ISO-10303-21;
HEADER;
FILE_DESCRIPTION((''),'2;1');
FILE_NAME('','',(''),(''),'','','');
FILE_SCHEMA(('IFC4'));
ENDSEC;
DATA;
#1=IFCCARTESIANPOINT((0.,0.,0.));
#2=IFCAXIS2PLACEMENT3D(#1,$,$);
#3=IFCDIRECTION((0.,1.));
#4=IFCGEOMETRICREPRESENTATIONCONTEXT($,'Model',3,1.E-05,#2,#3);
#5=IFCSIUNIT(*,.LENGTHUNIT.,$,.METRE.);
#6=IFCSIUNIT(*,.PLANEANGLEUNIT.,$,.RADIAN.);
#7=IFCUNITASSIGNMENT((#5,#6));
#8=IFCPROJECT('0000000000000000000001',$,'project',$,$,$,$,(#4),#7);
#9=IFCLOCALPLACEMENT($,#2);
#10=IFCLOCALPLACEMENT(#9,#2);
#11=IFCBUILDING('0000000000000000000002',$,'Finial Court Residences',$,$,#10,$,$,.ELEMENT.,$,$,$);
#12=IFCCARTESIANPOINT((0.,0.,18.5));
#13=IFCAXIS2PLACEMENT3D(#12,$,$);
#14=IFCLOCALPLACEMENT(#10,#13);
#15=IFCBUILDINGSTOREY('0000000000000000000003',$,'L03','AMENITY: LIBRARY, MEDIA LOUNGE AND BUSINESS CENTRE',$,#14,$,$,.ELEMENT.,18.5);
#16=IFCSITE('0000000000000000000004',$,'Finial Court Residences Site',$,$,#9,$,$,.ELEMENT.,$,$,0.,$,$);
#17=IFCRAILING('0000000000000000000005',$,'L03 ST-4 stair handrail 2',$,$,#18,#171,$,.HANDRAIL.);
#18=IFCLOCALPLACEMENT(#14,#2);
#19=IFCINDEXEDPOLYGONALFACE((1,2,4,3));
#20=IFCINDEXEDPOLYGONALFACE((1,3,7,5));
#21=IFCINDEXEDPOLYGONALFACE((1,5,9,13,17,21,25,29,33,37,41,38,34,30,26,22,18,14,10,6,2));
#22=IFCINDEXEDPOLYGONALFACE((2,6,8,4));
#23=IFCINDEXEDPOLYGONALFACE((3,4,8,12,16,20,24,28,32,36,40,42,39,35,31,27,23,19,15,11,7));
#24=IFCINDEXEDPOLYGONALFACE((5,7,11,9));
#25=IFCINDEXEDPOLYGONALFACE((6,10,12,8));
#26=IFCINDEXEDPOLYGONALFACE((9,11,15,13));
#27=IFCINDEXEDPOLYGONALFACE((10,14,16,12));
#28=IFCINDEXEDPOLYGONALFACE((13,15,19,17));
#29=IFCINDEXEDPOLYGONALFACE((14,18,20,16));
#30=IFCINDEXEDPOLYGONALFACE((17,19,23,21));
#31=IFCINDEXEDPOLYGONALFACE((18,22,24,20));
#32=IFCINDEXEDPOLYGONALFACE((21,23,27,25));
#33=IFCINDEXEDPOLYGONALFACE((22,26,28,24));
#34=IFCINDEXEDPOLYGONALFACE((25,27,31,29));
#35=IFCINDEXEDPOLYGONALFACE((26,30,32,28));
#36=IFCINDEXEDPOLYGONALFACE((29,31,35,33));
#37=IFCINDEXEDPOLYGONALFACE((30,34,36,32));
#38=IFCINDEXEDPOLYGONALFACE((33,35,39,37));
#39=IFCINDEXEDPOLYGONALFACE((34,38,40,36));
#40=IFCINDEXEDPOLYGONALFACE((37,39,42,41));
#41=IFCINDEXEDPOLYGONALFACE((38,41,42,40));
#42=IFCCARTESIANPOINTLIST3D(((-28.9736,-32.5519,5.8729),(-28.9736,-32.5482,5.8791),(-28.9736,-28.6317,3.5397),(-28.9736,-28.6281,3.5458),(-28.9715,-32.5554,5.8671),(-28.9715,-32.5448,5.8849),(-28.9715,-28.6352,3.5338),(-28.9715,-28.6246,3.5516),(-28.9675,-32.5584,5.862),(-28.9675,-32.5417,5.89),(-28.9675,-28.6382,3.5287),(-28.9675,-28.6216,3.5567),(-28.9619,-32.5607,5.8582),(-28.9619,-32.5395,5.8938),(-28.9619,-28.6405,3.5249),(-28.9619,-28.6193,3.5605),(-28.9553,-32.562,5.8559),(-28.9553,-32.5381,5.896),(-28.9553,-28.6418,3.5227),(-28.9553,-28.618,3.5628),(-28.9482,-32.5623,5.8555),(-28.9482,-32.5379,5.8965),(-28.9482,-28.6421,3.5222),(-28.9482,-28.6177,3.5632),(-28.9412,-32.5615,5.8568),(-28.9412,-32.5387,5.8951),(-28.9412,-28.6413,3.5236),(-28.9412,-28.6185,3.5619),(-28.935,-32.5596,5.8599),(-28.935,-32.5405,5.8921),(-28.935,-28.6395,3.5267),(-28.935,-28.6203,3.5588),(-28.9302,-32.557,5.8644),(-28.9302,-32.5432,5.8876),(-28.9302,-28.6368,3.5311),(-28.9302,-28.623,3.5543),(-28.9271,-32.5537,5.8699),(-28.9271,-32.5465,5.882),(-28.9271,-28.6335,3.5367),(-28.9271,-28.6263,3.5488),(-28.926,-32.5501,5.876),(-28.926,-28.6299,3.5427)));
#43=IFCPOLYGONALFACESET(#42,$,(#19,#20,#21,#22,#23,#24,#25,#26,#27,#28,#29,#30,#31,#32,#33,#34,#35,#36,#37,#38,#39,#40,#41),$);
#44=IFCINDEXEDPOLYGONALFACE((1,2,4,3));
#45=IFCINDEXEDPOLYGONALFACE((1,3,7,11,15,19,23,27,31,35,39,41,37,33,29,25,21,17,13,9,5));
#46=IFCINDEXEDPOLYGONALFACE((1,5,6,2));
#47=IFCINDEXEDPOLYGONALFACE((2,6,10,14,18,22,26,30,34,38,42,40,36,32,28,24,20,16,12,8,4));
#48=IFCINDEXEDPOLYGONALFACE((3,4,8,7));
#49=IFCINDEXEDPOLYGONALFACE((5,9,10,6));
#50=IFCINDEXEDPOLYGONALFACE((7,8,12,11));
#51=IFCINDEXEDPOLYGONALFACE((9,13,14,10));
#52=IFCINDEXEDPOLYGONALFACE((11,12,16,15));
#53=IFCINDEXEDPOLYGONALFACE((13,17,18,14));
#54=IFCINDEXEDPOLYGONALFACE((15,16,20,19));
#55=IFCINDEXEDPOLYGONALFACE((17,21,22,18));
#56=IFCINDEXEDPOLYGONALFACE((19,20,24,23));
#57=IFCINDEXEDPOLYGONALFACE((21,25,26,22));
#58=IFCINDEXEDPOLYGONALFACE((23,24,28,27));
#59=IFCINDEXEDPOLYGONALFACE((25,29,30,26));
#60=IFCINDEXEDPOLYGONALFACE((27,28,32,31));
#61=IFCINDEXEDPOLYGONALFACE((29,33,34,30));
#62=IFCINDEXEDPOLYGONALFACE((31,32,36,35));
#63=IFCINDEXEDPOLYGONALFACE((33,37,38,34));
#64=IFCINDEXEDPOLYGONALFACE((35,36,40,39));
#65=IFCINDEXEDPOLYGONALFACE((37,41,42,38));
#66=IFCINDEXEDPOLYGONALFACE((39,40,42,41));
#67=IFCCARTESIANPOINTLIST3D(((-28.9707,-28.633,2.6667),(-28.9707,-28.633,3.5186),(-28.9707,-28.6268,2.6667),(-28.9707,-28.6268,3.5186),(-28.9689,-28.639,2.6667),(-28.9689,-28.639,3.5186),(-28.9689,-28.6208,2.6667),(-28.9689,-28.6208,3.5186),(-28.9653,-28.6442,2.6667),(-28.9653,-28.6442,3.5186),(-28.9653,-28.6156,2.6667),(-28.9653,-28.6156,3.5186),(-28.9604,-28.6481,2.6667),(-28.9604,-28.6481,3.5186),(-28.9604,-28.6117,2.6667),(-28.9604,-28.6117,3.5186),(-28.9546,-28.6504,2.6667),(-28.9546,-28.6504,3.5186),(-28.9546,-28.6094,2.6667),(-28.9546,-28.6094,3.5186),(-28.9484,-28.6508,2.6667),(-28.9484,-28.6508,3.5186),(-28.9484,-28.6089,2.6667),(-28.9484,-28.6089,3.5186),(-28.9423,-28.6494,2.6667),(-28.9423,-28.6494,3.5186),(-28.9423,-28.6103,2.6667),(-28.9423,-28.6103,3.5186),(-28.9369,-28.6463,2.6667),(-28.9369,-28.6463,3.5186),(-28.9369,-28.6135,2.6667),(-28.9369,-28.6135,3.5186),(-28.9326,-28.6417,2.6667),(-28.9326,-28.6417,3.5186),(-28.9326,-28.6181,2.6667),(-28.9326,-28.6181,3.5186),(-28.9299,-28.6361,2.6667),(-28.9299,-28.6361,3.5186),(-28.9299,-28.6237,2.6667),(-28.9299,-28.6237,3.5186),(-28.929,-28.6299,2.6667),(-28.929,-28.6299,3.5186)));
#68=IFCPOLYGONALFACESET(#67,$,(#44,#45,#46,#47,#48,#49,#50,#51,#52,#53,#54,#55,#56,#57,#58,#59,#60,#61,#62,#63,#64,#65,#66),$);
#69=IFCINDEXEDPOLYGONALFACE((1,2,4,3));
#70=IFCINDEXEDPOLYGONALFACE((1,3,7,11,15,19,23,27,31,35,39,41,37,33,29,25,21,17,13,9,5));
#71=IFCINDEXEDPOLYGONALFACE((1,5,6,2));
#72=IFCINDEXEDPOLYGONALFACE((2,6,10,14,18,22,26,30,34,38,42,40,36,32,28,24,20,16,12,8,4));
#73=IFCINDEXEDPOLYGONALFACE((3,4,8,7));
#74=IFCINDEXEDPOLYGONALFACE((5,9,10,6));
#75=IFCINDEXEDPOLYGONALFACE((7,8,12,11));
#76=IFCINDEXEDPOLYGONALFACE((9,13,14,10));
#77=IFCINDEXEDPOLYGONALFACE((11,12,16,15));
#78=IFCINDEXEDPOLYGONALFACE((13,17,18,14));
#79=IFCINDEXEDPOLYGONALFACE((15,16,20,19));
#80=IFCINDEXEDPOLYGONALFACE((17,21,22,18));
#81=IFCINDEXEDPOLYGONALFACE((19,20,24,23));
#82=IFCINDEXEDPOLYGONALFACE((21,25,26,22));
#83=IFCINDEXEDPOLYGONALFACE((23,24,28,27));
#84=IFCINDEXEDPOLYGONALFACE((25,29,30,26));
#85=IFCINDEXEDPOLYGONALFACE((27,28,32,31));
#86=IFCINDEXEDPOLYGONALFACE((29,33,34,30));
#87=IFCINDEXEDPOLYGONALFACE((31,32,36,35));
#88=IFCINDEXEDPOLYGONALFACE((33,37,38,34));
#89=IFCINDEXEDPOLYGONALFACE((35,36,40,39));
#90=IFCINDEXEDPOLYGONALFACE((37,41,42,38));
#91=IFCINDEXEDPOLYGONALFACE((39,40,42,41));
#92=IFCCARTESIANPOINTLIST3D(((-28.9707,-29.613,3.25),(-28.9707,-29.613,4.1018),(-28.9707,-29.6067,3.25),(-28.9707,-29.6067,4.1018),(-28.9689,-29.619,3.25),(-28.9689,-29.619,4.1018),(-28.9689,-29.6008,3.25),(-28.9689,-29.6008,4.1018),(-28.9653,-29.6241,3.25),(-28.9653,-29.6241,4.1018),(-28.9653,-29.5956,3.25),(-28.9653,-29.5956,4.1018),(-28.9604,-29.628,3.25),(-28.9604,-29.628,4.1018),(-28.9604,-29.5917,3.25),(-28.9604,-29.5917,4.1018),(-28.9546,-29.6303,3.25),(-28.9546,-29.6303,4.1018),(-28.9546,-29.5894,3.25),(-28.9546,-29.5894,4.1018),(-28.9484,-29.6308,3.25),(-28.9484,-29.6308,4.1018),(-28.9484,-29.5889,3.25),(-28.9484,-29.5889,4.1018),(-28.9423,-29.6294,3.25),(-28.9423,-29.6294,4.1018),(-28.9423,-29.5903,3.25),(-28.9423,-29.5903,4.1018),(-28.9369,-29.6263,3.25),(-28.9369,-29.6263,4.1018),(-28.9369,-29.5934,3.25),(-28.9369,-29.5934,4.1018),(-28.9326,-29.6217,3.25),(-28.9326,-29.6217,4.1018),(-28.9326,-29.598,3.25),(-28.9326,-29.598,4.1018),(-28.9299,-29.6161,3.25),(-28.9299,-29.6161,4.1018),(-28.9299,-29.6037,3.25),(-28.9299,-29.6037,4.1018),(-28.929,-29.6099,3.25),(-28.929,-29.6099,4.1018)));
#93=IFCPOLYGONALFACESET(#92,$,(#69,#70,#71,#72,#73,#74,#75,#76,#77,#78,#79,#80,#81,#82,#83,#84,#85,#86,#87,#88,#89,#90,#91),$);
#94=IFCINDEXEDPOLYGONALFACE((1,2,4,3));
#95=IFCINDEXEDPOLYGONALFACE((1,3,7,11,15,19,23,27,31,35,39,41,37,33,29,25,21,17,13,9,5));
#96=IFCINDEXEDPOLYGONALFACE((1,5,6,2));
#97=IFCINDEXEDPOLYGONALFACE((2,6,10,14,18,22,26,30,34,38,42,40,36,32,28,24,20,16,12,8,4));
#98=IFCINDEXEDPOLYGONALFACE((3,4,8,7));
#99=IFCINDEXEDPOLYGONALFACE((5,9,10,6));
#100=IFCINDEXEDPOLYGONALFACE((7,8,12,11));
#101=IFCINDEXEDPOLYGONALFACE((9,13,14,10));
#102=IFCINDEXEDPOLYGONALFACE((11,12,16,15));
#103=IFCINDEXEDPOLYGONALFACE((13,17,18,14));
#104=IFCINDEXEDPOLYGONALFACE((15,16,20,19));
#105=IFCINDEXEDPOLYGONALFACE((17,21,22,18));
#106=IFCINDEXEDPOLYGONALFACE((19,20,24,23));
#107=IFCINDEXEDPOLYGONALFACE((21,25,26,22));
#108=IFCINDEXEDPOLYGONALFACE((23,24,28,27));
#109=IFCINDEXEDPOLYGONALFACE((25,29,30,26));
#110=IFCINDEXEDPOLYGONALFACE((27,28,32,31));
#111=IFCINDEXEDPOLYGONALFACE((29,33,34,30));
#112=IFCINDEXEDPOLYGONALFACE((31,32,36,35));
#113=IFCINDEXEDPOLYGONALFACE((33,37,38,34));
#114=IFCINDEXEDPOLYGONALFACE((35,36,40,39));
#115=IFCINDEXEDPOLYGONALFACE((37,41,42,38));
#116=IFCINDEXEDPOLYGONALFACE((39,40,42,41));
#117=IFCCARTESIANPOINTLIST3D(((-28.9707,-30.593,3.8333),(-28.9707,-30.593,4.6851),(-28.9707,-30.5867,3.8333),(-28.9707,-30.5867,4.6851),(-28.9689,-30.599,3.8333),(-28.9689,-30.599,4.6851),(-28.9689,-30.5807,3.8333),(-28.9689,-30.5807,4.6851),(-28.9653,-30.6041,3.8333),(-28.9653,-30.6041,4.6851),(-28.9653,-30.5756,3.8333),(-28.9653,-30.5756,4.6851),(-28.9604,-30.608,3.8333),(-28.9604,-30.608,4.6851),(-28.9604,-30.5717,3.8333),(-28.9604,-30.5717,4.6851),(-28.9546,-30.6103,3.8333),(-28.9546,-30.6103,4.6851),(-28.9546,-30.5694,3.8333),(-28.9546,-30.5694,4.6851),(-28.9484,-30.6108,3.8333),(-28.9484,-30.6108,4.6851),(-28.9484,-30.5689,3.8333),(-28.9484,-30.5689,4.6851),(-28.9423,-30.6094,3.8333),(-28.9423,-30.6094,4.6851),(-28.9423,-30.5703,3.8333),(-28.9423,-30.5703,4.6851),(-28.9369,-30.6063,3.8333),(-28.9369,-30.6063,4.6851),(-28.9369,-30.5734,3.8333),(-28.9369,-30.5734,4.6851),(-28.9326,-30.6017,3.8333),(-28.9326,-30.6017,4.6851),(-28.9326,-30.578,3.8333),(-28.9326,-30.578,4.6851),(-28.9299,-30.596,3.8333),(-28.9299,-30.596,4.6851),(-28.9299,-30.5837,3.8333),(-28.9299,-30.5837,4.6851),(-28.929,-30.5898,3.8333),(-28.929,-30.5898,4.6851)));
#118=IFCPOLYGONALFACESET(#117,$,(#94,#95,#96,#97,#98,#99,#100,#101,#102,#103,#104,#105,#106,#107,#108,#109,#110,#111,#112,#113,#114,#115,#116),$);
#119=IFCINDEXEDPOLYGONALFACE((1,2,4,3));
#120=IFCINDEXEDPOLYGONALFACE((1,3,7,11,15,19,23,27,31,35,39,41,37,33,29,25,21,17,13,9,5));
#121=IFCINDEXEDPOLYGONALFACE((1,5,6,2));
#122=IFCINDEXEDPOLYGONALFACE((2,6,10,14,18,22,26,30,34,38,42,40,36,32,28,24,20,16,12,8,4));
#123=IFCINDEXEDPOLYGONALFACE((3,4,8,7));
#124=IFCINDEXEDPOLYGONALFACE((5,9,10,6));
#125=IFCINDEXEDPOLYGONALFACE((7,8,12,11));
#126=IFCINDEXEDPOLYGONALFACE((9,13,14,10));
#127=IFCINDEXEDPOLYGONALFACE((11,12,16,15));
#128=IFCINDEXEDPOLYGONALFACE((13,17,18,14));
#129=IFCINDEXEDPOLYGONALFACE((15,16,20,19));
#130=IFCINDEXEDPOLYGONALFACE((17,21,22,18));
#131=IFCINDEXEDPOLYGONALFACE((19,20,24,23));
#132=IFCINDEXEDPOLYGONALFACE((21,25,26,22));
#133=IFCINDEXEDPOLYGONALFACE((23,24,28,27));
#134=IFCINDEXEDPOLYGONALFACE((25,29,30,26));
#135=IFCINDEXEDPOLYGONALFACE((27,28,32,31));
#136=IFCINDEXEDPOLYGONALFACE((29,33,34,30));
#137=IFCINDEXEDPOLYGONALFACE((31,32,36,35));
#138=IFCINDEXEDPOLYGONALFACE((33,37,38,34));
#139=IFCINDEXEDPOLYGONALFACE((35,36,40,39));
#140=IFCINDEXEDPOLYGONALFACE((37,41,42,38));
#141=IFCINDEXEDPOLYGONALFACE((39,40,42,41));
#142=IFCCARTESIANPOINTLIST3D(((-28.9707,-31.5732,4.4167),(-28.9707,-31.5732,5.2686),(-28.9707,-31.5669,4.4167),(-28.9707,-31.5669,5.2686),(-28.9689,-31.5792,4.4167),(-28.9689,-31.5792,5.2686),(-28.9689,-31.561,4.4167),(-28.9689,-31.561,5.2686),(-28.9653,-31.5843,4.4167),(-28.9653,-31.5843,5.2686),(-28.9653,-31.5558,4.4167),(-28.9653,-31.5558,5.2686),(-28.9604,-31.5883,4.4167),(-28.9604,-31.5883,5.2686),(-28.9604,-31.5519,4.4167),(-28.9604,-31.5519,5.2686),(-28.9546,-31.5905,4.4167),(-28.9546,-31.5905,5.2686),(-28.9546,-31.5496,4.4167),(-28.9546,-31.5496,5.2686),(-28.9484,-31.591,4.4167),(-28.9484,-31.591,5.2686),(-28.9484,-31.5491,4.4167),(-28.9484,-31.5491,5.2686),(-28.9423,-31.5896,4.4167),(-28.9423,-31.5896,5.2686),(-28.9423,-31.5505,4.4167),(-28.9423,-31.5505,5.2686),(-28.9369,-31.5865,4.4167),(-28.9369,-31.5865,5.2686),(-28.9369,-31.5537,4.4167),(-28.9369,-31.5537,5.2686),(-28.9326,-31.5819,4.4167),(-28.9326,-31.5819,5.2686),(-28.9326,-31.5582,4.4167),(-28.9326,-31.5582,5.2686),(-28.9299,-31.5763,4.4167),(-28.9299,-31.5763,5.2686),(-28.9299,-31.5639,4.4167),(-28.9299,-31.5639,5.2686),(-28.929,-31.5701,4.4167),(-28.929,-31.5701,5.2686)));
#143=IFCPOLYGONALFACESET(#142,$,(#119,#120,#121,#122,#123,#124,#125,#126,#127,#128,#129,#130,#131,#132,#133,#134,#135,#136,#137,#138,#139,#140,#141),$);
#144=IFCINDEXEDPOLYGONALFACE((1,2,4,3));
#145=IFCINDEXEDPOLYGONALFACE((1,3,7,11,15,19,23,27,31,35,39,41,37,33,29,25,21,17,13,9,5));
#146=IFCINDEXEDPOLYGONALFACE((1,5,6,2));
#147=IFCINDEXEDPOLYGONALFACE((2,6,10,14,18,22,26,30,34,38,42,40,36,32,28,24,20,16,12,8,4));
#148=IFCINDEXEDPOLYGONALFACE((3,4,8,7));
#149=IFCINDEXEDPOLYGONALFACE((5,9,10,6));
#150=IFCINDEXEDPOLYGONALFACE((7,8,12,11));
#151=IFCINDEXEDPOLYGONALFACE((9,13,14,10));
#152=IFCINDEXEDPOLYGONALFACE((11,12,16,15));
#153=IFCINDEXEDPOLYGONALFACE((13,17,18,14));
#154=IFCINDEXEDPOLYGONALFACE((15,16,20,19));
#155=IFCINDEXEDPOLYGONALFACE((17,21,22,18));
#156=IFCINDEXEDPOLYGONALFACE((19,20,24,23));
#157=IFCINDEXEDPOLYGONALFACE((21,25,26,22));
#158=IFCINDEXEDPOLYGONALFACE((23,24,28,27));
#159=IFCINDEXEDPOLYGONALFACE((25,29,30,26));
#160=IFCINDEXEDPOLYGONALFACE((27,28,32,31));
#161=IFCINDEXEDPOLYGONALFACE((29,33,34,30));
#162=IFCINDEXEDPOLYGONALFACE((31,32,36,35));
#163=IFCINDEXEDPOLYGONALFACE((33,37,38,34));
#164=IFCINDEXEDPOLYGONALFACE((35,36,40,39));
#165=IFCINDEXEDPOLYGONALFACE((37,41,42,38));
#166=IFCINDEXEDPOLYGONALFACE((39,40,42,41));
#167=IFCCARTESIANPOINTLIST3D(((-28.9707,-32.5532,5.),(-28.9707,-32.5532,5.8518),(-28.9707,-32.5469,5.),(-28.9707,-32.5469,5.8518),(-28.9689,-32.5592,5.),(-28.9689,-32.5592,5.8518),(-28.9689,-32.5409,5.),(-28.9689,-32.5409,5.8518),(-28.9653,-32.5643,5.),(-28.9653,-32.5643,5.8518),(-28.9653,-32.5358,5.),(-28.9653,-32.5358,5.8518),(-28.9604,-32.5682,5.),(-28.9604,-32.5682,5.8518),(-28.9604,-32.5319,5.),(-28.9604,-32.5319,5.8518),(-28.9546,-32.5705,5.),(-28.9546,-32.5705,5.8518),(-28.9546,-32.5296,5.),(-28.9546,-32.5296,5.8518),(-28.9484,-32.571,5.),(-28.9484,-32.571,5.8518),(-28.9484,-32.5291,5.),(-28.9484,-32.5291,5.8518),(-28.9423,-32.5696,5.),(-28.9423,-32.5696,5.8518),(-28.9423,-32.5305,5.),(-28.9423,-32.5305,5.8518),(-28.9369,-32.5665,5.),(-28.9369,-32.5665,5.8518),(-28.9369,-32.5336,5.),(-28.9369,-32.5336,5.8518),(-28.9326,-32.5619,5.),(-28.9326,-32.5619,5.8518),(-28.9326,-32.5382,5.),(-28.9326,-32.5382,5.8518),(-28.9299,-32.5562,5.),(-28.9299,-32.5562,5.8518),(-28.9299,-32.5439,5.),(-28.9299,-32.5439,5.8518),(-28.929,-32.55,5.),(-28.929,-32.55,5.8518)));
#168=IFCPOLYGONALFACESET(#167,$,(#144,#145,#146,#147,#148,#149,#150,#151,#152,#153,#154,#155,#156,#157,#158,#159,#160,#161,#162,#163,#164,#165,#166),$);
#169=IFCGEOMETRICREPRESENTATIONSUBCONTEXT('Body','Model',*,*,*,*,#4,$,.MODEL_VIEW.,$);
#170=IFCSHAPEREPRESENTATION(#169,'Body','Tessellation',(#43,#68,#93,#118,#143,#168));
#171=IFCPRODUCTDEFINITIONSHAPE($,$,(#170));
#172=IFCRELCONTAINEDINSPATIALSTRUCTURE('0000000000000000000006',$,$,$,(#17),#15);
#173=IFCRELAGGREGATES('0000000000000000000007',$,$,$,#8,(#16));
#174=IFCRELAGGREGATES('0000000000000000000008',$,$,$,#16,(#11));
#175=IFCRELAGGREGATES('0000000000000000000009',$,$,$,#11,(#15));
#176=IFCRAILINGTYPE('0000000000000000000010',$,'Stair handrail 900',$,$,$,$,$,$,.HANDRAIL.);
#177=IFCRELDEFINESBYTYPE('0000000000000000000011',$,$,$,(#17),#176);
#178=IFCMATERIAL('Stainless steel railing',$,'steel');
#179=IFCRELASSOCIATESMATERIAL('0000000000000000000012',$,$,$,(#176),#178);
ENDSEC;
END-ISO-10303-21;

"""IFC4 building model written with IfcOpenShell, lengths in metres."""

from ifc_helpers import new_model, si_unit, direction, frame, origin, origin_2d, place, context, subcontext, project, spatial, circle, extrude, material, type_object, element, save


model = new_model("IFC4")

# Units and contexts
model_context = context("Model", 3, precision=1e-05, world=origin(), true_north=direction((0.0, 1.0)))
body_context = subcontext(model_context, "Body", "Model", "MODEL_VIEW")
ifc_project = project(units=[si_unit("LENGTHUNIT", "METRE"), si_unit("PLANEANGLEUNIT", "RADIAN")], contexts=[model_context])

# Site, building, storey
site_placement = place(None, origin())
site = spatial("IfcSite", under=ifc_project, at=site_placement, Name="Finial Court Residences Site", CompositionType="ELEMENT", RefElevation=0.0)
building_placement = place(site_placement, origin())
building = spatial("IfcBuilding", under=site, at=building_placement, Name="Finial Court Residences", CompositionType="ELEMENT")
storey_placement = place(building_placement, frame((0.0, 0.0, 18.5)))
storey = spatial("IfcBuildingStorey", under=building, at=storey_placement, Name="L03", Description="AMENITY: LIBRARY, MEDIA LOUNGE AND BUSINESS CENTRE", CompositionType="ELEMENT", Elevation=18.5)

# Railing
ifc_material_1 = material(Name="Stainless steel railing", Category="steel")
railing_type = type_object("IfcRailingType", Name="Stair handrail 900", PredefinedType="HANDRAIL", material=ifc_material_1)
railing_placement = place(storey_placement, frame((-28.95, -28.6299, 2.6667)))
element("IfcRailing", 1, at=railing_placement, inside=storey, type_object=railing_type, Name="L03 ST-4 stair handrail 2", PredefinedType="HANDRAIL", context=body_context, shape_type="SweptSolid", body=[
    extrude(circle(Radius=0.0239, at=origin_2d()), frame((0.0, 0.0, 0.876), z_axis=(0.0, -0.85931, 0.511455), x_axis=(1.0, 0.0, 0.0)), (0.0, 0.0, 1.0), 4.562),
    extrude(circle(Radius=0.021, at=origin_2d()), origin(), (0.0, 0.0, 1.0), 0.8518),
    extrude(circle(Radius=0.021, at=origin_2d()), frame((0.0, -0.98, 0.5833)), (0.0, 0.0, 1.0), 0.8518),
    extrude(circle(Radius=0.021, at=origin_2d()), frame((0.0, -1.96, 1.1665)), (0.0, 0.0, 1.0), 0.8518),
    extrude(circle(Radius=0.021, at=origin_2d()), frame((0.0, -2.9402, 1.75)), (0.0, 0.0, 1.0), 0.8518),
    extrude(circle(Radius=0.021, at=origin_2d()), frame((0.0, -3.9202, 2.3333)), (0.0, 0.0, 1.0), 0.8518),
])

save(model, "model.ifc")
